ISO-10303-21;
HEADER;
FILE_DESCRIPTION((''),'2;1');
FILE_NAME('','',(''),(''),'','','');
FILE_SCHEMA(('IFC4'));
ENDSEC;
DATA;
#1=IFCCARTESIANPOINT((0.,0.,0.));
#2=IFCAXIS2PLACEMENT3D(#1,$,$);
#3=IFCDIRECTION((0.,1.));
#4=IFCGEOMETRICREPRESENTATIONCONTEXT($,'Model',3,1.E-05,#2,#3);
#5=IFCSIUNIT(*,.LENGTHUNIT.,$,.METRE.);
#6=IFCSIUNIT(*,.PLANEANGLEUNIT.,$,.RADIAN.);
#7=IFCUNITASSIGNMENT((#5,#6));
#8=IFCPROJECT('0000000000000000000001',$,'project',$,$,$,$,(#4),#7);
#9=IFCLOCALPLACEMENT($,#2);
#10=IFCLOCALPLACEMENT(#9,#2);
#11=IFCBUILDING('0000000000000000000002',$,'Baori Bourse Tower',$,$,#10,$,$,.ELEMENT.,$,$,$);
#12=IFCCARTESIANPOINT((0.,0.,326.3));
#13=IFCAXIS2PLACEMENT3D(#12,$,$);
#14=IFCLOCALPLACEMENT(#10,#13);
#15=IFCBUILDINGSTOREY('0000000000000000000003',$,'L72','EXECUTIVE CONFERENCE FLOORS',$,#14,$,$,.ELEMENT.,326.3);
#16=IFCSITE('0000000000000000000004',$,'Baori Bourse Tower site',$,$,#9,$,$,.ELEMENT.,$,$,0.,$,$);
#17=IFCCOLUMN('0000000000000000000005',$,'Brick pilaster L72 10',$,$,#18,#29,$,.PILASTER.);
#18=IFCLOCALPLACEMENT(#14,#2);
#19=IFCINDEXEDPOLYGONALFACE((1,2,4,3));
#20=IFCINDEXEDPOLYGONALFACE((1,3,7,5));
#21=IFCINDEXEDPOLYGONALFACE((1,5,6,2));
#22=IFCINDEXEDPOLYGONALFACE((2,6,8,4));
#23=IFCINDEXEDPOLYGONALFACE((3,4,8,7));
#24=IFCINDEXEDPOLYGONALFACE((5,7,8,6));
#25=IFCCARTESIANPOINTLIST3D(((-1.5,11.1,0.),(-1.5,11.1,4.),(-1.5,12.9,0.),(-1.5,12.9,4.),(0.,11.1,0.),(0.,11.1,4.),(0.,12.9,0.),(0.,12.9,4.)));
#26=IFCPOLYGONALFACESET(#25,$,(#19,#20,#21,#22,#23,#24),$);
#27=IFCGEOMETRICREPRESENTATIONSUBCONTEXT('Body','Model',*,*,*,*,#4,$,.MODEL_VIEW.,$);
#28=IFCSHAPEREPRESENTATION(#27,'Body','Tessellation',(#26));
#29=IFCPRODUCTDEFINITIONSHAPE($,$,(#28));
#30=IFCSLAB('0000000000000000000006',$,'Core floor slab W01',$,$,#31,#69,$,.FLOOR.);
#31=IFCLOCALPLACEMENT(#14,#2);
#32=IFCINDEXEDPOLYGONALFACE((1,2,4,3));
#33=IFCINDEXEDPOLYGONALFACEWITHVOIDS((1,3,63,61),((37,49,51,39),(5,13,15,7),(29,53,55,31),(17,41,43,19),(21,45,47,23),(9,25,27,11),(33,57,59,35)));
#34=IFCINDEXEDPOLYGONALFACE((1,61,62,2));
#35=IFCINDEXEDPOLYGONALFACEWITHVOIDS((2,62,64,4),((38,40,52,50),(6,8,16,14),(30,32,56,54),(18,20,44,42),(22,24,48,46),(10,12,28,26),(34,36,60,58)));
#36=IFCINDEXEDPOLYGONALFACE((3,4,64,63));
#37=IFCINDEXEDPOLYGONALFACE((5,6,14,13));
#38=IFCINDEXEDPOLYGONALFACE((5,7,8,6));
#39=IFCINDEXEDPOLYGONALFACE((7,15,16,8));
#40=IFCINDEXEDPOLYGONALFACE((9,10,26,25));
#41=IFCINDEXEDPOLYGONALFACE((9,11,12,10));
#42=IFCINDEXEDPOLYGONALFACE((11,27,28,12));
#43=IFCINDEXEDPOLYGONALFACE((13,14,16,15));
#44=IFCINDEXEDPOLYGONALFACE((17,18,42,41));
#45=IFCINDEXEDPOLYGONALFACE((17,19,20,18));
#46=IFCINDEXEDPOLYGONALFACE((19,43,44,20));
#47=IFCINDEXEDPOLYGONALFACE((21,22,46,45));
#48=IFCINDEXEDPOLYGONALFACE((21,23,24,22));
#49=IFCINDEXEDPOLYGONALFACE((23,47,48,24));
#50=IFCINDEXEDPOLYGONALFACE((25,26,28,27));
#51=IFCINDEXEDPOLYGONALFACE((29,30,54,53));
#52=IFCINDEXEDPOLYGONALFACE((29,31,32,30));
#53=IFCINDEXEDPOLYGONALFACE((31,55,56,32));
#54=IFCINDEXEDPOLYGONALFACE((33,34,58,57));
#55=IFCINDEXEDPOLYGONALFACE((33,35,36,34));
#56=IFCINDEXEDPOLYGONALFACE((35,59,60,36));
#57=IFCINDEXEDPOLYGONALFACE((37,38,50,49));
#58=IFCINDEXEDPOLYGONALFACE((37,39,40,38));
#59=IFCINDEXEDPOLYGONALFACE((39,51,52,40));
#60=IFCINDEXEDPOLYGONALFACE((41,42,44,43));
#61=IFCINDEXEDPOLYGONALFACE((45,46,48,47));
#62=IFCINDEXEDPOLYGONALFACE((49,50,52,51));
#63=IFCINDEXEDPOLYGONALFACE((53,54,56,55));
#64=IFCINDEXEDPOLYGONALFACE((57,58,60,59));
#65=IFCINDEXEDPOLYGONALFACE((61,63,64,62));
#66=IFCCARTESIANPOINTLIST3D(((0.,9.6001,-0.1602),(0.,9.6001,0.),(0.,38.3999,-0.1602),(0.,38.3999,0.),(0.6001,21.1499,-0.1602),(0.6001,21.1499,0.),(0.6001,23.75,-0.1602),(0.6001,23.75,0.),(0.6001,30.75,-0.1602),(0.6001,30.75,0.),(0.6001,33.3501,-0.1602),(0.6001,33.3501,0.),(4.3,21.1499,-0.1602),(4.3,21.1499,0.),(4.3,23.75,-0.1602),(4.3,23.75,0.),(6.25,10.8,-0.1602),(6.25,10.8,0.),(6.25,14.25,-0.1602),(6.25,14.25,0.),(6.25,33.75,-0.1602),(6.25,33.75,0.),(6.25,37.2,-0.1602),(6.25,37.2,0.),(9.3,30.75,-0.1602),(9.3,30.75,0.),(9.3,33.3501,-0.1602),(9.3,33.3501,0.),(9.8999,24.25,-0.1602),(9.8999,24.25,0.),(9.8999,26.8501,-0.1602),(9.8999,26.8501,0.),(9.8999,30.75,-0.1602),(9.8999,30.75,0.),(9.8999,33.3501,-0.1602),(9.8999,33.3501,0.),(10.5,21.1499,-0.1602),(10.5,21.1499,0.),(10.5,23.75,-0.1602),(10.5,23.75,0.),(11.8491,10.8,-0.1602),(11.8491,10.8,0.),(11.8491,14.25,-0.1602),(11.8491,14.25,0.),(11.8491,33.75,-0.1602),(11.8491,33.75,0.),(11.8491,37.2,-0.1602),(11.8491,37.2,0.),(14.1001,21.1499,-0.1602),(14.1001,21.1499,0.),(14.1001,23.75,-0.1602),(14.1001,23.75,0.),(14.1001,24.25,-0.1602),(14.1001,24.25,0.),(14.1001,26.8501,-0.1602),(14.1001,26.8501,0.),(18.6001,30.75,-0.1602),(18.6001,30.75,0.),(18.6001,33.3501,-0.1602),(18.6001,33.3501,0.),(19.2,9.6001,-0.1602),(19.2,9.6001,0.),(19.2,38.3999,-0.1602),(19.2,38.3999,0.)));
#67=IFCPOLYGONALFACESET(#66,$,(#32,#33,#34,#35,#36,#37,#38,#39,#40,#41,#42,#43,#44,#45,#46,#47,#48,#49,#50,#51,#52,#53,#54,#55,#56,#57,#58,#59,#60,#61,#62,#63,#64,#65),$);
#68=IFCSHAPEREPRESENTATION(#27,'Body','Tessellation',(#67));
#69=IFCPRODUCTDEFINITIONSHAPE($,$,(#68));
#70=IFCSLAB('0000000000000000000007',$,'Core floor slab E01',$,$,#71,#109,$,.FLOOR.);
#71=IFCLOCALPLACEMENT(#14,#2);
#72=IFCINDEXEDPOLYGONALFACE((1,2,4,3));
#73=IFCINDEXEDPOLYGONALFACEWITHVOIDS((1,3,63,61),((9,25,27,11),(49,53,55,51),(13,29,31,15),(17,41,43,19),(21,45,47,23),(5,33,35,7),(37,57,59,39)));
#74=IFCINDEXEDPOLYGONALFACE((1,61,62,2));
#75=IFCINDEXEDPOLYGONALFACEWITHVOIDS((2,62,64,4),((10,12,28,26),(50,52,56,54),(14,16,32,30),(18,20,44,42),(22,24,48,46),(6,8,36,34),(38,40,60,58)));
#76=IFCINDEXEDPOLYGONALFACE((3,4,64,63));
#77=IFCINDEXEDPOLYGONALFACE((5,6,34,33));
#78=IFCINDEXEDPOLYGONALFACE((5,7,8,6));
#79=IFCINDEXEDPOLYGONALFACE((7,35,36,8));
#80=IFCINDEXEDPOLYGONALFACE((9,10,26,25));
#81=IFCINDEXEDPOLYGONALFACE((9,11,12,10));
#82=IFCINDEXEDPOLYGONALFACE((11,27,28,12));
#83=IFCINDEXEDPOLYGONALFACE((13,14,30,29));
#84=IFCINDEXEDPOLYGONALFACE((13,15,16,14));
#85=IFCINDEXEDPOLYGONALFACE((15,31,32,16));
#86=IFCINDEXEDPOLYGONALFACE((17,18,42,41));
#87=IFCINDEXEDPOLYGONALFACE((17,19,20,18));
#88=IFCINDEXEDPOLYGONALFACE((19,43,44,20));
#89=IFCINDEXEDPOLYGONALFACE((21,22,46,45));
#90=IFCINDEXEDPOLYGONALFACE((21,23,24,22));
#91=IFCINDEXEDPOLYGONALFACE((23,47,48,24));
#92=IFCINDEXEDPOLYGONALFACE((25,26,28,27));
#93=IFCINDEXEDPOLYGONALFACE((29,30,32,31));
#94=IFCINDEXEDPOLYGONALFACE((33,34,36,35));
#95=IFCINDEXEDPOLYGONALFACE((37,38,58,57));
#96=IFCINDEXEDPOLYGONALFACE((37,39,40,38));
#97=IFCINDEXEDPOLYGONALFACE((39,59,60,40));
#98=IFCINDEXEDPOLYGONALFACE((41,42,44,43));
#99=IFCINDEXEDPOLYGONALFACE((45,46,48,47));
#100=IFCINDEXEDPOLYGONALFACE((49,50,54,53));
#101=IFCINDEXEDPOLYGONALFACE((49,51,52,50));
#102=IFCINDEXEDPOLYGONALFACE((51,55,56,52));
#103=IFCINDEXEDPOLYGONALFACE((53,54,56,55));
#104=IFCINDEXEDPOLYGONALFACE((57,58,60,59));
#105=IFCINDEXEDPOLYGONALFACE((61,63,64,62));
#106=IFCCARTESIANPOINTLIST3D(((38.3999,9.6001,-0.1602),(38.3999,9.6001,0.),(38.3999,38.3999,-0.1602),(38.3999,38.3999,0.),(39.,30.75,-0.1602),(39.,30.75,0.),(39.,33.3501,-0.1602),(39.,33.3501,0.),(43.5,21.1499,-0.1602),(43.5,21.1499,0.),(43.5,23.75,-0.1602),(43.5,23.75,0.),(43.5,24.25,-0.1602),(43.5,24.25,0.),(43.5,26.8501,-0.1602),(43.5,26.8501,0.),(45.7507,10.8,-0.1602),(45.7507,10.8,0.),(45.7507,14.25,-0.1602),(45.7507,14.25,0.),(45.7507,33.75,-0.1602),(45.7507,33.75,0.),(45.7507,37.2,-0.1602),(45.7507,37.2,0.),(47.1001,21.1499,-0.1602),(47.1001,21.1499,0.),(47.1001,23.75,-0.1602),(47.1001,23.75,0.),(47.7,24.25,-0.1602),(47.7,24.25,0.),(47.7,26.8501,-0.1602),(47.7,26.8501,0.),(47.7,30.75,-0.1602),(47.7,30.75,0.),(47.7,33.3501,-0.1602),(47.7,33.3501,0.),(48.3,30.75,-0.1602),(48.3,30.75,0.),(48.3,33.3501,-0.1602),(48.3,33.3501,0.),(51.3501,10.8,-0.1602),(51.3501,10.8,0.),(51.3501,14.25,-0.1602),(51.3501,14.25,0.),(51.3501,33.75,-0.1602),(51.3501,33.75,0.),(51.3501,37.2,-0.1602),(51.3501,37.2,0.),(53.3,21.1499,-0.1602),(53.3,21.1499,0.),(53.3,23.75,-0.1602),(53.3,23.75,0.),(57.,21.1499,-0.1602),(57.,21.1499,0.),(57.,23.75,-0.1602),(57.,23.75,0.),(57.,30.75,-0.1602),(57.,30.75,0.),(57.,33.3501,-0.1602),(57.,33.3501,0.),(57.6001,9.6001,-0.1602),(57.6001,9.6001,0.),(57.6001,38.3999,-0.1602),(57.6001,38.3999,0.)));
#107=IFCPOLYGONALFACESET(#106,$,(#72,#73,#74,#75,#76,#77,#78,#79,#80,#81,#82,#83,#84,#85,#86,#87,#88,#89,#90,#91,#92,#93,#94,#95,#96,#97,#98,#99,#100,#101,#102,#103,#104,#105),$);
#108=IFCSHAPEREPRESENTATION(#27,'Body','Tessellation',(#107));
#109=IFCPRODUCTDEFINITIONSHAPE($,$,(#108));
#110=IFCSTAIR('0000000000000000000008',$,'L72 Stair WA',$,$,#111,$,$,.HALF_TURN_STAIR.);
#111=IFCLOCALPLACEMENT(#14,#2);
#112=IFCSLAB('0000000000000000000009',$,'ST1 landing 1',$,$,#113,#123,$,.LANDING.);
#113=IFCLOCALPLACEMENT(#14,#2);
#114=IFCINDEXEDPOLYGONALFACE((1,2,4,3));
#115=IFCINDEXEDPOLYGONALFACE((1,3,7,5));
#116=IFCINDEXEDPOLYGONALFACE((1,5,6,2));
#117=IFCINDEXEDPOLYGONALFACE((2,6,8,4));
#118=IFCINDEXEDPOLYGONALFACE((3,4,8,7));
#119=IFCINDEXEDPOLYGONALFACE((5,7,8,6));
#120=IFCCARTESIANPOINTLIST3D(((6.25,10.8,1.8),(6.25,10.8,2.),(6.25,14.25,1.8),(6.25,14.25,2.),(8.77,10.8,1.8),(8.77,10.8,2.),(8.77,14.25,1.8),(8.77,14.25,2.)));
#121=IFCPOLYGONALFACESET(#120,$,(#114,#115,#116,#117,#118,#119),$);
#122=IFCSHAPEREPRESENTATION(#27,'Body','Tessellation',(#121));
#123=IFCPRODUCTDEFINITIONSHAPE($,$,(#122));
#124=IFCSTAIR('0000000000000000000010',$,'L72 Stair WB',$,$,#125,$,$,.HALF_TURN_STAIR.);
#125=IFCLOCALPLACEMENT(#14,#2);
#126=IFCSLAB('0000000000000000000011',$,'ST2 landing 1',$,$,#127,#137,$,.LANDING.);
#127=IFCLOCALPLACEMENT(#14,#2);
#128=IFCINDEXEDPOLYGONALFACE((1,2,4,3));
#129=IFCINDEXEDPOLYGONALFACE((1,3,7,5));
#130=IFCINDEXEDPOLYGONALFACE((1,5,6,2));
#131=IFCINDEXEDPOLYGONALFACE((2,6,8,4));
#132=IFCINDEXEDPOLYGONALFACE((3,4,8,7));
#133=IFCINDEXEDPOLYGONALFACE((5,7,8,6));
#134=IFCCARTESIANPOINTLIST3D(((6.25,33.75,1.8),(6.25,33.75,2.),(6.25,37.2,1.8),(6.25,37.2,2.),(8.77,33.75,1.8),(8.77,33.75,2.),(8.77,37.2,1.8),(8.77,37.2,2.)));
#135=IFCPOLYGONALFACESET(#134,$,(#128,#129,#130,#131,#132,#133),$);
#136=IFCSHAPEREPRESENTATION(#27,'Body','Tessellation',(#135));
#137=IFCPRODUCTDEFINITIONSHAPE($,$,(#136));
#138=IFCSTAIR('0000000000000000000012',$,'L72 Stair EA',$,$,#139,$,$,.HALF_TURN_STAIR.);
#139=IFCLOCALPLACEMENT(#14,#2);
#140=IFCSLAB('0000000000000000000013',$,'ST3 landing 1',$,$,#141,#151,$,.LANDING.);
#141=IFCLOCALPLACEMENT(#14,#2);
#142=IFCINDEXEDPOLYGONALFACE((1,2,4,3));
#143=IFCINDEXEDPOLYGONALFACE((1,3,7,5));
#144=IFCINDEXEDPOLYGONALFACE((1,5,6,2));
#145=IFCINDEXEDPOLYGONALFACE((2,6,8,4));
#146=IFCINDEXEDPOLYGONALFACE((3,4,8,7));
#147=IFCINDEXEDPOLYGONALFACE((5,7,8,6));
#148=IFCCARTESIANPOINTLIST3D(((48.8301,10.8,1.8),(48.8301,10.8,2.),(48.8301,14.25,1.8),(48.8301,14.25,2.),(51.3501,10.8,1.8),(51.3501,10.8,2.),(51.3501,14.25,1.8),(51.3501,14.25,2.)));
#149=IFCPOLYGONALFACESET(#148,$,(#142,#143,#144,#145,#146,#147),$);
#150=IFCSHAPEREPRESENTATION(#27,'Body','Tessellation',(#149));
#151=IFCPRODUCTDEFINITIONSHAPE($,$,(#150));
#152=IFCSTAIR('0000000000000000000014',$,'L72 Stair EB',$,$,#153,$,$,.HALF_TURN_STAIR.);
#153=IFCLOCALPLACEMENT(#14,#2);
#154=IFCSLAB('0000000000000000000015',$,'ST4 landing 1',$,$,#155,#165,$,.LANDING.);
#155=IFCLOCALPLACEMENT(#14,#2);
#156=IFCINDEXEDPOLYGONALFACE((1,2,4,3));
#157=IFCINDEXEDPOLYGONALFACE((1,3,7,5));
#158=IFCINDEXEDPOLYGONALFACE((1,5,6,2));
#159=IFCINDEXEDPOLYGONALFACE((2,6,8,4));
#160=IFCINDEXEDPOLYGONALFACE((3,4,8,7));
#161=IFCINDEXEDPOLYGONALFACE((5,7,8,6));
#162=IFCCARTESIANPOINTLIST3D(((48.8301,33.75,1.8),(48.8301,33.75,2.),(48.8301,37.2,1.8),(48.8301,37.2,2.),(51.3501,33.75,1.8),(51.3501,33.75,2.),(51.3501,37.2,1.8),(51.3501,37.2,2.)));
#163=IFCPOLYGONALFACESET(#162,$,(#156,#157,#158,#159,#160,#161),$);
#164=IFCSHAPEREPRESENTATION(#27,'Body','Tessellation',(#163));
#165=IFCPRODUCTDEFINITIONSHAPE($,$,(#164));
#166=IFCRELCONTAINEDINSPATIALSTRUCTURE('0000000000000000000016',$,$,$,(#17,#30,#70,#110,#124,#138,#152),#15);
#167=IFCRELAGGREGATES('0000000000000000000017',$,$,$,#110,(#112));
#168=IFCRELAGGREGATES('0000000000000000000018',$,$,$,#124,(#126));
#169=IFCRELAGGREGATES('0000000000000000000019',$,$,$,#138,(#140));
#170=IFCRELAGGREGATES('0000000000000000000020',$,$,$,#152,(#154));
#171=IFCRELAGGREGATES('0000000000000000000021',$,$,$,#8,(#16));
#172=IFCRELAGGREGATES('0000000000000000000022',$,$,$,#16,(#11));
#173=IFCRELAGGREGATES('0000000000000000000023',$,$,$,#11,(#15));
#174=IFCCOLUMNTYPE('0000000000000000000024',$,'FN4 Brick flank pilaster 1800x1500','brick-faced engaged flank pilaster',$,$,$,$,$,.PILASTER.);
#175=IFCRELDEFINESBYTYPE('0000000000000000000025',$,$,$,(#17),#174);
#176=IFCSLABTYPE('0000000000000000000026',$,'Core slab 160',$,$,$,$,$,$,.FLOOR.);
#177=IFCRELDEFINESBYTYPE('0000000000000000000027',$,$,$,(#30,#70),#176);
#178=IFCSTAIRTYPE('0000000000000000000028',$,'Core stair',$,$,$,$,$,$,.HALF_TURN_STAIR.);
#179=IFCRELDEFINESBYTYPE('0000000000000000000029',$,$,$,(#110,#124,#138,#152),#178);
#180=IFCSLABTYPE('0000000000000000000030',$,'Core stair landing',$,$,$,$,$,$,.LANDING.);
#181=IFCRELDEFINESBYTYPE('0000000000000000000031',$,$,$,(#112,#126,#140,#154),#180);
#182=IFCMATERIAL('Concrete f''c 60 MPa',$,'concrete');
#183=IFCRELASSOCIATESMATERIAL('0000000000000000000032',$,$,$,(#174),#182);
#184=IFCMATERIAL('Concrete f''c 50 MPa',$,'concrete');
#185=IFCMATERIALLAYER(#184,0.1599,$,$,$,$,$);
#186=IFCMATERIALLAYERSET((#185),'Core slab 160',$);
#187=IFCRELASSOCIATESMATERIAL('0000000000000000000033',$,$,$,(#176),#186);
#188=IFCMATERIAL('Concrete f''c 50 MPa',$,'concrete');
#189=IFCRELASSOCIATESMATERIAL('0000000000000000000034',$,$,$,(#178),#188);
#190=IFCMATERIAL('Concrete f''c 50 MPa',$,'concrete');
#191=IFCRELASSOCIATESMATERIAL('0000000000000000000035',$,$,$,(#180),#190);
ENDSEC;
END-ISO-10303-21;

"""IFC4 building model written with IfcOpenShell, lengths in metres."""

from ifc_helpers import new_model, si_unit, direction, frame, origin, origin_2d, place, context, subcontext, project, spatial, polyline, rectangle, outline, extrude, material, layer, layer_set, material_profile, profile_set, type_object, element, aggregate, save


model = new_model("IFC4")

# Units and contexts
model_context = context("Model", 3, precision=1e-05, world=origin(), true_north=direction((0.0, 1.0)))
body_context = subcontext(model_context, "Body", "Model", "MODEL_VIEW")
ifc_project = project(units=[si_unit("LENGTHUNIT", "METRE"), si_unit("PLANEANGLEUNIT", "RADIAN")], contexts=[model_context])

# Site, building, storey
site_placement = place(None, origin())
site = spatial("IfcSite", under=ifc_project, at=site_placement, Name="Baori Bourse Tower site", CompositionType="ELEMENT", RefElevation=0.0)
building_placement = place(site_placement, origin())
building = spatial("IfcBuilding", under=site, at=building_placement, Name="Baori Bourse Tower", CompositionType="ELEMENT")
storey_placement = place(building_placement, frame((0.0, 0.0, 326.3)))
storey = spatial("IfcBuildingStorey", under=building, at=storey_placement, Name="L72", Description="EXECUTIVE CONFERENCE FLOORS", CompositionType="ELEMENT", Elevation=326.3)

# Column
ifc_material_1 = material(Name="Concrete f'c 60 MPa", Category="concrete")
ifc_material_profile = material_profile(ifc_material_1, rectangle(XDim=1.8, YDim=1.5, at=origin_2d()), Name="RC 1800x1500")
ifc_profile_set = profile_set([ifc_material_profile], Name="Concrete f'c 60 MPa")
column_type = type_object("IfcColumnType", Name="FN4 Brick flank pilaster 1800x1500", Description="brick-faced engaged flank pilaster", PredefinedType="PILASTER", material=ifc_profile_set)
column_placement = place(storey_placement, frame((-0.75, 12.0, 0.0), z_axis=(0.0, 0.0, 1.0), x_axis=(0.0, 1.0, 0.0)))
element("IfcColumn", 1, at=column_placement, inside=storey, type_object=column_type, Name="Brick pilaster L72 10", PredefinedType="PILASTER", context=body_context, shape_type="SweptSolid", body=[
    extrude(rectangle(XDim=1.8, YDim=1.5, at=origin_2d()), origin(), (0.0, 0.0, 1.0), 4.0),
])

# Slabs
ifc_material_2 = material(Name="Concrete f'c 50 MPa", Category="concrete")
ifc_layer_1 = layer(ifc_material_2, 0.1599)
ifc_layer_set_1 = layer_set([ifc_layer_1], Name="Core slab 160")
slab_type_1 = type_object("IfcSlabType", Name="Core slab 160", PredefinedType="FLOOR", material=ifc_layer_set_1)
slab_1_placement = place(storey_placement, frame((0.0, 0.0, -0.1602)))
element("IfcSlab", 2, at=slab_1_placement, inside=storey, type_object=slab_type_1, Name="Core floor slab W01", PredefinedType="FLOOR", context=body_context, shape_type="SweptSolid", body=[
    extrude(outline(polyline([(19.2, 38.3999), (0.0, 38.3999), (0.0, 9.6001), (19.2, 9.6001), (19.2, 38.3999)]), holes=[polyline([(9.8999, 33.3501), (18.6001, 33.3501), (18.6001, 30.75), (9.8999, 30.75), (9.8999, 33.3501)]), polyline([(10.5, 21.1499), (10.5, 23.75), (14.1001, 23.75), (14.1001, 21.1499), (10.5, 21.1499)]), polyline([(14.1001, 24.25), (9.8999, 24.25), (9.8999, 26.8501), (14.1001, 26.8501), (14.1001, 24.25)]), polyline([(6.25, 14.25), (11.8491, 14.25), (11.8491, 10.8), (6.25, 10.8), (6.25, 14.25)]), polyline([(11.8491, 37.2), (11.8491, 33.75), (6.25, 33.75), (6.25, 37.2), (11.8491, 37.2)]), polyline([(0.6001, 30.75), (0.6001, 33.3501), (9.3, 33.3501), (9.3, 30.75), (0.6001, 30.75)]), polyline([(4.3, 23.75), (4.3, 21.1499), (0.6001, 21.1499), (0.6001, 23.75), (4.3, 23.75)])]), origin(), (0.0, 0.0, 1.0), 0.1602),
])
slab_2_placement = place(storey_placement, frame((0.0, 0.0, -0.1602)))
element("IfcSlab", 3, at=slab_2_placement, inside=storey, type_object=slab_type_1, Name="Core floor slab E01", PredefinedType="FLOOR", context=body_context, shape_type="SweptSolid", body=[
    extrude(outline(polyline([(57.6001, 9.6001), (57.6001, 38.3999), (38.3999, 38.3999), (38.3999, 9.6001), (57.6001, 9.6001)]), holes=[polyline([(48.3, 33.3501), (57.0, 33.3501), (57.0, 30.75), (48.3, 30.75), (48.3, 33.3501)]), polyline([(57.0, 21.1499), (53.3, 21.1499), (53.3, 23.75), (57.0, 23.75), (57.0, 21.1499)]), polyline([(45.7507, 14.25), (51.3501, 14.25), (51.3501, 10.8), (45.7507, 10.8), (45.7507, 14.25)]), polyline([(51.3501, 37.2), (51.3501, 33.75), (45.7507, 33.75), (45.7507, 37.2), (51.3501, 37.2)]), polyline([(43.5, 24.25), (43.5, 26.8501), (47.7, 26.8501), (47.7, 24.25), (43.5, 24.25)]), polyline([(47.7, 33.3501), (47.7, 30.75), (39.0, 30.75), (39.0, 33.3501), (47.7, 33.3501)]), polyline([(43.5, 23.75), (47.1001, 23.75), (47.1001, 21.1499), (43.5, 21.1499), (43.5, 23.75)])]), origin(), (0.0, 0.0, 1.0), 0.1602),
])

# Stairs, slabs
ifc_material_3 = material(Name="Concrete f'c 50 MPa", Category="concrete")
stair_type = type_object("IfcStairType", Name="Core stair", PredefinedType="HALF_TURN_STAIR", material=ifc_material_3)
stair_1_placement = place(storey_placement, origin())
stair_1 = element("IfcStair", 4, at=stair_1_placement, inside=storey, type_object=stair_type, Name="L72 Stair WA", PredefinedType="HALF_TURN_STAIR")
ifc_material_4 = material(Name="Concrete f'c 50 MPa", Category="concrete")
slab_type_2 = type_object("IfcSlabType", Name="Core stair landing", PredefinedType="LANDING", material=ifc_material_4)
slab_3_placement = place(storey_placement, frame((0.0, 0.0, 1.8)))
slab_3 = element("IfcSlab", 5, at=slab_3_placement, type_object=slab_type_2, Name="ST1 landing 1", PredefinedType="LANDING", context=body_context, shape_type="SweptSolid", body=[
    extrude(outline(polyline([(8.77, 14.25), (6.25, 14.25), (6.25, 10.8), (8.77, 10.8), (8.77, 14.25)])), origin(), (0.0, 0.0, 1.0), 0.2),
])
aggregate(stair_1, [slab_3])
stair_2_placement = place(storey_placement, origin())
stair_2 = element("IfcStair", 6, at=stair_2_placement, inside=storey, type_object=stair_type, Name="L72 Stair WB", PredefinedType="HALF_TURN_STAIR")
slab_4_placement = place(storey_placement, frame((0.0, 0.0, 1.8)))
slab_4 = element("IfcSlab", 7, at=slab_4_placement, type_object=slab_type_2, Name="ST2 landing 1", PredefinedType="LANDING", context=body_context, shape_type="SweptSolid", body=[
    extrude(outline(polyline([(8.77, 37.2), (6.25, 37.2), (6.25, 33.75), (8.77, 33.75), (8.77, 37.2)])), origin(), (0.0, 0.0, 1.0), 0.2),
])
aggregate(stair_2, [slab_4])
stair_3_placement = place(storey_placement, origin())
stair_3 = element("IfcStair", 8, at=stair_3_placement, inside=storey, type_object=stair_type, Name="L72 Stair EA", PredefinedType="HALF_TURN_STAIR")
slab_5_placement = place(storey_placement, frame((0.0, 0.0, 1.8)))
slab_5 = element("IfcSlab", 9, at=slab_5_placement, type_object=slab_type_2, Name="ST3 landing 1", PredefinedType="LANDING", context=body_context, shape_type="SweptSolid", body=[
    extrude(outline(polyline([(48.8301, 10.8), (51.3501, 10.8), (51.3501, 14.25), (48.8301, 14.25), (48.8301, 10.8)])), origin(), (0.0, 0.0, 1.0), 0.2),
])
aggregate(stair_3, [slab_5])
stair_4_placement = place(storey_placement, origin())
stair_4 = element("IfcStair", 10, at=stair_4_placement, inside=storey, type_object=stair_type, Name="L72 Stair EB", PredefinedType="HALF_TURN_STAIR")
slab_6_placement = place(storey_placement, frame((0.0, 0.0, 1.8)))
slab_6 = element("IfcSlab", 11, at=slab_6_placement, type_object=slab_type_2, Name="ST4 landing 1", PredefinedType="LANDING", context=body_context, shape_type="SweptSolid", body=[
    extrude(outline(polyline([(48.8301, 33.75), (51.3501, 33.75), (51.3501, 37.2), (48.8301, 37.2), (48.8301, 33.75)])), origin(), (0.0, 0.0, 1.0), 0.2),
])
aggregate(stair_4, [slab_6])

save(model, "model.ifc")
